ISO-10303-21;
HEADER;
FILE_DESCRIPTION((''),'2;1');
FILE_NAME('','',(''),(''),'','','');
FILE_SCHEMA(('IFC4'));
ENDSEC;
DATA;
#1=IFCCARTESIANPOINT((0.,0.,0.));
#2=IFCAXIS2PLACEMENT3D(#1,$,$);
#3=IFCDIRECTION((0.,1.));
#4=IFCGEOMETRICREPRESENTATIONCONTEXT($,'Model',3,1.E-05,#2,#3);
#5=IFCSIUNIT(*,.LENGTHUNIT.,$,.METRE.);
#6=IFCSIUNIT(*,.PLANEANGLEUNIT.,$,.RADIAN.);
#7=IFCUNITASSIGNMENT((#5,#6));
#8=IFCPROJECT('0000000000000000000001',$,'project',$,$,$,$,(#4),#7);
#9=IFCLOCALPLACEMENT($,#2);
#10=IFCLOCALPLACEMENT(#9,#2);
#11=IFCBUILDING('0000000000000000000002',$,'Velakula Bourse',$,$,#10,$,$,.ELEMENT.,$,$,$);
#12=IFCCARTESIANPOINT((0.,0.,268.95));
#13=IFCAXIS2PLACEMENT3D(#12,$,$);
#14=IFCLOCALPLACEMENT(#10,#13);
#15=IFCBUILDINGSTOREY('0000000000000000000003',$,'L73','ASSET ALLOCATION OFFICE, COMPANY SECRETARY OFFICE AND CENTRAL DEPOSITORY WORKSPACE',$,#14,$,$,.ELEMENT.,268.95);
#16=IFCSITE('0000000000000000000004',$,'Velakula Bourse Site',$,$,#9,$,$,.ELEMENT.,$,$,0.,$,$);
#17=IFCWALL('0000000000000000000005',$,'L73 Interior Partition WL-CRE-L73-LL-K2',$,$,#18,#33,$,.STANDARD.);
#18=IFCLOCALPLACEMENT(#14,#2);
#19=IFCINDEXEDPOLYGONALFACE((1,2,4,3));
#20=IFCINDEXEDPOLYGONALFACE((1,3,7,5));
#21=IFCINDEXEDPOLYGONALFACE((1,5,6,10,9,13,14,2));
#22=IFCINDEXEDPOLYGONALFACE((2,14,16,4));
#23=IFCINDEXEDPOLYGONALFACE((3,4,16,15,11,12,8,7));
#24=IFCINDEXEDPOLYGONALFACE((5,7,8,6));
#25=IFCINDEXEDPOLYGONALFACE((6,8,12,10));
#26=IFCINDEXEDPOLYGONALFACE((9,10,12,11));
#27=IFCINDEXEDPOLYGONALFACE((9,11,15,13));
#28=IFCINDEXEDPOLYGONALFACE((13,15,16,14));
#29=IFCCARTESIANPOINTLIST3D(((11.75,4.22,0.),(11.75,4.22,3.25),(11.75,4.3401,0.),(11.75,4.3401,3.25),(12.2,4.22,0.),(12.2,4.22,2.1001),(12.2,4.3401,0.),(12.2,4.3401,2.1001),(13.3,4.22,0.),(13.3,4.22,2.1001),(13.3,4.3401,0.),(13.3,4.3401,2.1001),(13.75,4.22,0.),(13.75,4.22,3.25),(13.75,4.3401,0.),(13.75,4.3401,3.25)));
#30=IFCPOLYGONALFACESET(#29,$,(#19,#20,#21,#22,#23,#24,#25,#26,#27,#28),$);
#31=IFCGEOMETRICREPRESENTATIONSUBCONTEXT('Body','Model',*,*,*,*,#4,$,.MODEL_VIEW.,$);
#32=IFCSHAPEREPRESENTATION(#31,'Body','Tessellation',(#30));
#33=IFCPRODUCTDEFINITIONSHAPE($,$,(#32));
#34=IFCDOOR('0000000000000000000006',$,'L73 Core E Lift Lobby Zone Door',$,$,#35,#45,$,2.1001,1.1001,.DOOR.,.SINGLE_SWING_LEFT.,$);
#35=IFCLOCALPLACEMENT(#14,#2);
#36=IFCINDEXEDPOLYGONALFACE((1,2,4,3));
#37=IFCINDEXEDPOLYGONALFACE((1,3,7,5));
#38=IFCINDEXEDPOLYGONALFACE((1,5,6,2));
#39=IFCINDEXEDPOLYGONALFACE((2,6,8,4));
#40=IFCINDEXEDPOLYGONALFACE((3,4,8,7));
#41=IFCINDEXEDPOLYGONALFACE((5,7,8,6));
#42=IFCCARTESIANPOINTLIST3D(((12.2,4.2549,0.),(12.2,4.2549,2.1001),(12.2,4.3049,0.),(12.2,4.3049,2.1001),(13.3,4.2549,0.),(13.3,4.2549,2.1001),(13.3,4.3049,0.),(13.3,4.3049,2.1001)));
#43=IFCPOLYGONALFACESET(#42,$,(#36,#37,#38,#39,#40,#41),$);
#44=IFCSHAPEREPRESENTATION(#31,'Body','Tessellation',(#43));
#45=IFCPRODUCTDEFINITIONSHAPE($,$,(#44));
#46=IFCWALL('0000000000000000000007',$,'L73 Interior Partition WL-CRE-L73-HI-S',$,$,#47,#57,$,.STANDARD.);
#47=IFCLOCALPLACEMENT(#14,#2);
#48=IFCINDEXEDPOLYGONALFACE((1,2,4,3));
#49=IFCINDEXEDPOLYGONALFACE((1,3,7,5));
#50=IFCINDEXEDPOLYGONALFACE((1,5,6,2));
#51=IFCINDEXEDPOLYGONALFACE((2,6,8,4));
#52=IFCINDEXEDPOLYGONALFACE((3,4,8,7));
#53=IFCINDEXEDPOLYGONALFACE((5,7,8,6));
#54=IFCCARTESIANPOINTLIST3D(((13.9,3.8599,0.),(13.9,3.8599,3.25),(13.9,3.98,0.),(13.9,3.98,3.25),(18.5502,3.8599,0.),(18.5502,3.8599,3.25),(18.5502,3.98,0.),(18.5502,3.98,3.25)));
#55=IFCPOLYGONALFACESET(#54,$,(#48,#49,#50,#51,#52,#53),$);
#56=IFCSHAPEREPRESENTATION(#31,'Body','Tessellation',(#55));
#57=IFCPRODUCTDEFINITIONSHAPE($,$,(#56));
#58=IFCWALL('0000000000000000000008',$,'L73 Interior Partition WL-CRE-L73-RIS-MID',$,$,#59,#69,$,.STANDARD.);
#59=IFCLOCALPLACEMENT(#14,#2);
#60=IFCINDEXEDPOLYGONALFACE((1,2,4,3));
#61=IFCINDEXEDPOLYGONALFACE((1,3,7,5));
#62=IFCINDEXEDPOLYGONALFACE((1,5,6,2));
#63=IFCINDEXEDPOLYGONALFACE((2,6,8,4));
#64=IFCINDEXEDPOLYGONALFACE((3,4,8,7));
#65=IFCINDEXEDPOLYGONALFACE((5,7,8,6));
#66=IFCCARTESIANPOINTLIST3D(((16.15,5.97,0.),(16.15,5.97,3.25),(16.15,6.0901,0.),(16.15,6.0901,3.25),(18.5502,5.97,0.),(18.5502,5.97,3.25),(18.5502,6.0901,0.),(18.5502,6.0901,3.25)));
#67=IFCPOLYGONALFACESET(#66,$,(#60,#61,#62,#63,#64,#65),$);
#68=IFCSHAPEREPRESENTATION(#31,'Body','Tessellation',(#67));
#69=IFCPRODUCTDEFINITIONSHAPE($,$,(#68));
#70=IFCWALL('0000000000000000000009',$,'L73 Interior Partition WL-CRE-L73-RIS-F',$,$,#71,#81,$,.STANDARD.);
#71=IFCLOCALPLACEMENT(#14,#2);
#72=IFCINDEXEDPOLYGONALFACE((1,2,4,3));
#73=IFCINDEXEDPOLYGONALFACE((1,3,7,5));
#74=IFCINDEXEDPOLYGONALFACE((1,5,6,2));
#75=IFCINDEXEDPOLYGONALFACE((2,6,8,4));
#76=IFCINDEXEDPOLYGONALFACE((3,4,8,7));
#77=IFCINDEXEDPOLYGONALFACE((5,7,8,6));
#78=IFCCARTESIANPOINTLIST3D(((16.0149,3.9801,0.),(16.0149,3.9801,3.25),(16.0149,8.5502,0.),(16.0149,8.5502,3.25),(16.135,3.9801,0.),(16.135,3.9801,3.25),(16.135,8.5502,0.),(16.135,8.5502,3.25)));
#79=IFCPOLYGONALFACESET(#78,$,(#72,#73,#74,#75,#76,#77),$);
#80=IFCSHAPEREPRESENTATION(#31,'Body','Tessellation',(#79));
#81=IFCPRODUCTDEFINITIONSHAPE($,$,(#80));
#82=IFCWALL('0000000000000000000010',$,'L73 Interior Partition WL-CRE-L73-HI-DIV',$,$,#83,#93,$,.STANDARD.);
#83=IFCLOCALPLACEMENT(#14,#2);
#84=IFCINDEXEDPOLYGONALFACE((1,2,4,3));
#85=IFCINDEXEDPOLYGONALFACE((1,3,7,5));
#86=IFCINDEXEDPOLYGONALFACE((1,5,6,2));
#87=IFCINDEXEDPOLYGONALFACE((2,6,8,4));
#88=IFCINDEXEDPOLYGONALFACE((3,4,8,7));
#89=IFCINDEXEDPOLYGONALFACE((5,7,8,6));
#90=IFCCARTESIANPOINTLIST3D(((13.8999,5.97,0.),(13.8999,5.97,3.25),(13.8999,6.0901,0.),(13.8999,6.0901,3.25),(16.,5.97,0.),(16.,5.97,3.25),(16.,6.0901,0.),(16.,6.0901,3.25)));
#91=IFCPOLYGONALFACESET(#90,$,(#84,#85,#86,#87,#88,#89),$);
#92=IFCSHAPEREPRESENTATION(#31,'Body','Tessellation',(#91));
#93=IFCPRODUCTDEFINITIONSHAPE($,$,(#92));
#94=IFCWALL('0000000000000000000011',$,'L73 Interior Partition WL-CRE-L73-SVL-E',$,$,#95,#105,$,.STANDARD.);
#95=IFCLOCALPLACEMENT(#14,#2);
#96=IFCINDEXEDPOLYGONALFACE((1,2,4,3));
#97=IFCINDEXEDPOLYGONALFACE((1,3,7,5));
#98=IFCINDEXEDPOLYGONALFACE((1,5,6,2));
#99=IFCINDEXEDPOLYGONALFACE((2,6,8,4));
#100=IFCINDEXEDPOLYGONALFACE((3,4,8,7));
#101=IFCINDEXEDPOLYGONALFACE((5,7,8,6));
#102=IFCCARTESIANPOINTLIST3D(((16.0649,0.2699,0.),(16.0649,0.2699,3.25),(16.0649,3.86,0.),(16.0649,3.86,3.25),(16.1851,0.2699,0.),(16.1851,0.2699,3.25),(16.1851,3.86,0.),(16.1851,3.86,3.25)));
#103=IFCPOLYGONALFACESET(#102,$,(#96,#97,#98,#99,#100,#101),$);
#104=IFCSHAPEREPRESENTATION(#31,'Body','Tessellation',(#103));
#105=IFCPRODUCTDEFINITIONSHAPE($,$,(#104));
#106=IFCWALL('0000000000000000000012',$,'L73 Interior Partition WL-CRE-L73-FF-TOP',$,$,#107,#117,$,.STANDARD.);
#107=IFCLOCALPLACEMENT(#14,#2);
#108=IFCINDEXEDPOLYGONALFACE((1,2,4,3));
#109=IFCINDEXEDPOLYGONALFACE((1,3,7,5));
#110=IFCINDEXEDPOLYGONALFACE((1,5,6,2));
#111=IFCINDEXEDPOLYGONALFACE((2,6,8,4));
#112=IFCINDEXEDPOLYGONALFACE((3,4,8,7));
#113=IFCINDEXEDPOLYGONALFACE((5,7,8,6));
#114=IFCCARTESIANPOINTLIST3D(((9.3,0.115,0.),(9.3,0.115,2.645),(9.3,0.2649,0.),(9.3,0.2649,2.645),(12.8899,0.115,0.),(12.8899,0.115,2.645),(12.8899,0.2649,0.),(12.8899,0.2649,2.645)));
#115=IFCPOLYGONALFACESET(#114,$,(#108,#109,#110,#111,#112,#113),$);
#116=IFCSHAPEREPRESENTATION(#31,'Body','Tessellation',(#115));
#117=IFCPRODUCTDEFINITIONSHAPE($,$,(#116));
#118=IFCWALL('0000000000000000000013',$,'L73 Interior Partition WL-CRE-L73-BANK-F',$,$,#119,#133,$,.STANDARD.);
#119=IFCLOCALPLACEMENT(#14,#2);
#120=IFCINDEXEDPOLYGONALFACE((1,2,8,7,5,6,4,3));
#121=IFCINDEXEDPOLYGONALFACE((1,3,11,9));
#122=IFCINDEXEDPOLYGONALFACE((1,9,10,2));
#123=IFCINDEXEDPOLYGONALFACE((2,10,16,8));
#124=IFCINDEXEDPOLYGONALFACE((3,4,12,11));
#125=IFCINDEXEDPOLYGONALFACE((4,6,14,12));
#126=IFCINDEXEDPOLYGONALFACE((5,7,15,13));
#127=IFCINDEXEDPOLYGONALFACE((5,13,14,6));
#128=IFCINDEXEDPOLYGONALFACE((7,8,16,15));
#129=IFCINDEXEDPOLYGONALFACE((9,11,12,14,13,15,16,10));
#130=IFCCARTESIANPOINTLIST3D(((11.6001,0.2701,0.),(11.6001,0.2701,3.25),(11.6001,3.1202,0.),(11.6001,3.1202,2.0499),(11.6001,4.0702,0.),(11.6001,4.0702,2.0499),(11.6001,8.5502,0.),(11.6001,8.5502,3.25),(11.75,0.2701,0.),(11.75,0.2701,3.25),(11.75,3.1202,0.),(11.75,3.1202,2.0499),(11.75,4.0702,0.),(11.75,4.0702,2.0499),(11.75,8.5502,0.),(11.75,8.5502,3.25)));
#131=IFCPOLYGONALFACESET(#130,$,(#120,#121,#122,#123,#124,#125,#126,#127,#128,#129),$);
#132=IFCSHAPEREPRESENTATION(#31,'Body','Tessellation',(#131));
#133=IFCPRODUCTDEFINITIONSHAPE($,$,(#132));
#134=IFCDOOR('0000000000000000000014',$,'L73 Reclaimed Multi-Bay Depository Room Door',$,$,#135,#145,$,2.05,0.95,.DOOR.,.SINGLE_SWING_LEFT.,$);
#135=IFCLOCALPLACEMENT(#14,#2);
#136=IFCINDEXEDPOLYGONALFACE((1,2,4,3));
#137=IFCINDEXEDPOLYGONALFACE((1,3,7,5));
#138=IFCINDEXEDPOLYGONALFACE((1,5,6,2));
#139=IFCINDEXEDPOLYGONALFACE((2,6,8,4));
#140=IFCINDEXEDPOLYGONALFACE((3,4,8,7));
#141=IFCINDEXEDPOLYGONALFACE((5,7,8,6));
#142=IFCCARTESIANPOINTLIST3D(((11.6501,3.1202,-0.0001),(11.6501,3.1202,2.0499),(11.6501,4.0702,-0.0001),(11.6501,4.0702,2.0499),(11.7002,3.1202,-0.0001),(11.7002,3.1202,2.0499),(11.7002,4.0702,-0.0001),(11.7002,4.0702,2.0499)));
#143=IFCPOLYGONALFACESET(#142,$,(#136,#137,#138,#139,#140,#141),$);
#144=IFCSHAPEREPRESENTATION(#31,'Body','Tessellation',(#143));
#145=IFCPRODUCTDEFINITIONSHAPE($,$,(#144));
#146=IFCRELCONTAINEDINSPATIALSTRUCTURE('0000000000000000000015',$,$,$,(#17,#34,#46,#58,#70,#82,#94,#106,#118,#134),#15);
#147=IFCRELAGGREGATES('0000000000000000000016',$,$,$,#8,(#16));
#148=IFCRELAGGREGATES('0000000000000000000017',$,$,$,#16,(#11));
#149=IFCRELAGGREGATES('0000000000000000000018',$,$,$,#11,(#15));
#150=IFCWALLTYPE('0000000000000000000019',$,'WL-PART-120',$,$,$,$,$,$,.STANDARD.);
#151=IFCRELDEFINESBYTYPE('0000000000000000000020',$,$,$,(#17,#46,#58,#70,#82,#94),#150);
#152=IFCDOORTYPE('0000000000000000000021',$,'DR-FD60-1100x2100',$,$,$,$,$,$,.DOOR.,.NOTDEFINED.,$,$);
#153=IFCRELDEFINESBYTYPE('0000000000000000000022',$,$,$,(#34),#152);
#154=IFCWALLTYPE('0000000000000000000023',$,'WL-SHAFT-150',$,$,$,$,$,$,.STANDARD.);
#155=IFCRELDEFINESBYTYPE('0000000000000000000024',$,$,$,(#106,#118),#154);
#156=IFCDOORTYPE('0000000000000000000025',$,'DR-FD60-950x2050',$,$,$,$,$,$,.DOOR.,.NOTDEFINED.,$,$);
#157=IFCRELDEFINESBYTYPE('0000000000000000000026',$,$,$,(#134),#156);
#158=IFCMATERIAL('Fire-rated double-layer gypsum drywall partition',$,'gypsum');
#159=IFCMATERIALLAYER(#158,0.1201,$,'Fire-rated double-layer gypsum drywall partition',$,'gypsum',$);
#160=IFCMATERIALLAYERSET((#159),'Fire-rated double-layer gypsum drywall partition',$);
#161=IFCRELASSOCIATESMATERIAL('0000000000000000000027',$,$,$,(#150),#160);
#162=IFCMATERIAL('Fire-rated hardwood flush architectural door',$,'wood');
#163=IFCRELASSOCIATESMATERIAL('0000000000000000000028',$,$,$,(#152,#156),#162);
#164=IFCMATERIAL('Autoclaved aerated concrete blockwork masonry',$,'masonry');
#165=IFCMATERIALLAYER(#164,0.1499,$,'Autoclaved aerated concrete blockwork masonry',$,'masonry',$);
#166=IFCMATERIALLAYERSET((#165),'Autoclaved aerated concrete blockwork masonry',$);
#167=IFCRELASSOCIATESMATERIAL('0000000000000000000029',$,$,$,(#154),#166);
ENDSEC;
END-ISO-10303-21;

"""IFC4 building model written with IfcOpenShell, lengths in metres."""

from ifc_helpers import new_model, si_unit, direction, frame, frame_2d, origin, place, context, subcontext, project, spatial, rectangle, extrude, material, layer, layer_set, type_object, element, fill, save


model = new_model("IFC4")

# Units and contexts
model_context = context("Model", 3, precision=1e-05, world=origin(), true_north=direction((0.0, 1.0)))
body_context = subcontext(model_context, "Body", "Model", "MODEL_VIEW")
ifc_project = project(units=[si_unit("LENGTHUNIT", "METRE"), si_unit("PLANEANGLEUNIT", "RADIAN")], contexts=[model_context])

# Site, building, storey
site_placement = place(None, origin())
site = spatial("IfcSite", under=ifc_project, at=site_placement, Name="Velakula Bourse Site", CompositionType="ELEMENT", RefElevation=0.0)
building_placement = place(site_placement, origin())
building = spatial("IfcBuilding", under=site, at=building_placement, Name="Velakula Bourse", CompositionType="ELEMENT")
storey_placement = place(building_placement, frame((0.0, 0.0, 268.95)))
storey = spatial("IfcBuildingStorey", under=building, at=storey_placement, Name="L73", Description="ASSET ALLOCATION OFFICE, COMPANY SECRETARY OFFICE AND CENTRAL DEPOSITORY WORKSPACE", CompositionType="ELEMENT", Elevation=268.95)

# Wall, opening, door
ifc_material_1 = material(Name="Fire-rated double-layer gypsum drywall partition", Category="gypsum")
ifc_layer_1 = layer(ifc_material_1, 0.1201, Name="Fire-rated double-layer gypsum drywall partition", Category="gypsum")
ifc_layer_set_1 = layer_set([ifc_layer_1], Name="Fire-rated double-layer gypsum drywall partition")
wall_type_1 = type_object("IfcWallType", Name="WL-PART-120", PredefinedType="STANDARD", material=ifc_layer_set_1)
wall_1_placement = place(storey_placement, frame((11.75, 4.28, 0.0), z_axis=(0.0, 0.0, 1.0), x_axis=(1.0, 0.0, 0.0)))
wall_1 = element("IfcWall", 1, at=wall_1_placement, inside=storey, type_object=wall_type_1, Name="L73 Interior Partition WL-CRE-L73-LL-K2", PredefinedType="STANDARD", context=body_context, shape_type="SweptSolid", body=[
    extrude(rectangle(XDim=2.0, YDim=0.1201, at=frame_2d((1.0, 0.0))), origin(), (0.0, 0.0, 1.0), 3.25),
])
opening_1_placement = place(wall_1_placement, frame((0.45, 0.0, 0.0)))
opening_1 = element("IfcOpeningElement", 2, at=opening_1_placement, cuts=wall_1, PredefinedType="OPENING", context=body_context, shape_type="SweptSolid", body=[
    extrude(rectangle(XDim=1.1001, YDim=2.1001, at=frame_2d((0.55, 1.05))), frame((0.0, 0.0701, 0.0), z_axis=(0.0, -1.0, 0.0), x_axis=(1.0, 0.0, 0.0)), (0.0, 0.0, 1.0), 0.1401),
])
ifc_material_2 = material(Name="Fire-rated hardwood flush architectural door", Category="wood")
door_type_1 = type_object("IfcDoorType", Name="DR-FD60-1100x2100", OperationType="NOTDEFINED", PredefinedType="DOOR", material=ifc_material_2)
door_1_placement = place(opening_1_placement, origin())
door_1 = element("IfcDoor", 3, at=door_1_placement, inside=storey, type_object=door_type_1, Name="L73 Core E Lift Lobby Zone Door", OperationType="SINGLE_SWING_LEFT", OverallHeight=2.1001, OverallWidth=1.1001, PredefinedType="DOOR", context=body_context, shape_type="SweptSolid", body=[
    extrude(rectangle(XDim=1.1001, YDim=2.1001, at=frame_2d((0.55, 1.05))), frame((0.0, 0.0249, 0.0), z_axis=(0.0, -1.0, 0.0), x_axis=(1.0, 0.0, 0.0)), (0.0, 0.0, 1.0), 0.05),
])
fill(opening_1, door_1)

# Walls
wall_2_placement = place(storey_placement, frame((13.8999, 3.9199, 0.0), z_axis=(0.0, 0.0, 1.0), x_axis=(1.0, 0.0, 0.0)))
element("IfcWall", 4, at=wall_2_placement, inside=storey, type_object=wall_type_1, Name="L73 Interior Partition WL-CRE-L73-HI-S", PredefinedType="STANDARD", context=body_context, shape_type="SweptSolid", body=[
    extrude(rectangle(XDim=4.6501, YDim=0.1201, at=frame_2d((2.3252, 0.0))), origin(), (0.0, 0.0, 1.0), 3.25),
])
wall_3_placement = place(storey_placement, frame((16.1499, 6.03, 0.0), z_axis=(0.0, 0.0, 1.0), x_axis=(1.0, 0.0, 0.0)))
element("IfcWall", 5, at=wall_3_placement, inside=storey, type_object=wall_type_1, Name="L73 Interior Partition WL-CRE-L73-RIS-MID", PredefinedType="STANDARD", context=body_context, shape_type="SweptSolid", body=[
    extrude(rectangle(XDim=2.4001, YDim=0.1201, at=frame_2d((1.2002, 0.0))), origin(), (0.0, 0.0, 1.0), 3.25),
])
wall_4_placement = place(storey_placement, frame((16.075, 3.98, 0.0), z_axis=(0.0, 0.0, 1.0), x_axis=(0.0, 1.0, 0.0)))
element("IfcWall", 6, at=wall_4_placement, inside=storey, type_object=wall_type_1, Name="L73 Interior Partition WL-CRE-L73-RIS-F", PredefinedType="STANDARD", context=body_context, shape_type="SweptSolid", body=[
    extrude(rectangle(XDim=4.5701, YDim=0.1201, at=frame_2d((2.2852, 0.0))), origin(), (0.0, 0.0, 1.0), 3.25),
])
wall_5_placement = place(storey_placement, frame((13.8999, 6.03, 0.0), z_axis=(0.0, 0.0, 1.0), x_axis=(1.0, 0.0, 0.0)))
element("IfcWall", 7, at=wall_5_placement, inside=storey, type_object=wall_type_1, Name="L73 Interior Partition WL-CRE-L73-HI-DIV", PredefinedType="STANDARD", context=body_context, shape_type="SweptSolid", body=[
    extrude(rectangle(XDim=2.1001, YDim=0.1201, at=frame_2d((1.05, 0.0))), origin(), (0.0, 0.0, 1.0), 3.25),
])
wall_6_placement = place(storey_placement, frame((16.125, 0.27, 0.0), z_axis=(0.0, 0.0, 1.0), x_axis=(0.0, 1.0, 0.0)))
element("IfcWall", 8, at=wall_6_placement, inside=storey, type_object=wall_type_1, Name="L73 Interior Partition WL-CRE-L73-SVL-E", PredefinedType="STANDARD", context=body_context, shape_type="SweptSolid", body=[
    extrude(rectangle(XDim=3.5901, YDim=0.1201, at=frame_2d((1.7949, 0.0))), origin(), (0.0, 0.0, 1.0), 3.25),
])
ifc_material_3 = material(Name="Autoclaved aerated concrete blockwork masonry", Category="masonry")
ifc_layer_2 = layer(ifc_material_3, 0.1499, Name="Autoclaved aerated concrete blockwork masonry", Category="masonry")
ifc_layer_set_2 = layer_set([ifc_layer_2], Name="Autoclaved aerated concrete blockwork masonry")
wall_type_2 = type_object("IfcWallType", Name="WL-SHAFT-150", PredefinedType="STANDARD", material=ifc_layer_set_2)
wall_7_placement = place(storey_placement, frame((9.3, 0.1899, 0.0), z_axis=(0.0, 0.0, 1.0), x_axis=(1.0, 0.0, 0.0)))
element("IfcWall", 9, at=wall_7_placement, inside=storey, type_object=wall_type_2, Name="L73 Interior Partition WL-CRE-L73-FF-TOP", PredefinedType="STANDARD", context=body_context, shape_type="SweptSolid", body=[
    extrude(rectangle(XDim=3.5898, YDim=0.1499, at=frame_2d((1.7949, 0.0))), origin(), (0.0, 0.0, 1.0), 2.645),
])

# Wall, opening, door
wall_8_placement = place(storey_placement, frame((11.675, 0.27, 0.0), z_axis=(0.0, 0.0, 1.0), x_axis=(0.0, 1.0, 0.0)))
wall_8 = element("IfcWall", 10, at=wall_8_placement, inside=storey, type_object=wall_type_2, Name="L73 Interior Partition WL-CRE-L73-BANK-F", PredefinedType="STANDARD", context=body_context, shape_type="SweptSolid", body=[
    extrude(rectangle(XDim=8.28, YDim=0.1499, at=frame_2d((4.1401, 0.0))), origin(), (0.0, 0.0, 1.0), 3.25),
])
opening_2_placement = place(wall_8_placement, frame((2.8501, 0.0, 0.0)))
opening_2 = element("IfcOpeningElement", 11, at=opening_2_placement, cuts=wall_8, PredefinedType="OPENING", context=body_context, shape_type="SweptSolid", body=[
    extrude(rectangle(XDim=0.95, YDim=2.05, at=frame_2d((0.4751, 1.0249))), frame((0.0, 0.085, 0.0), z_axis=(0.0, -1.0, 0.0), x_axis=(1.0, 0.0, 0.0)), (0.0, 0.0, 1.0), 0.1699),
])
door_type_2 = type_object("IfcDoorType", Name="DR-FD60-950x2050", OperationType="NOTDEFINED", PredefinedType="DOOR", material=ifc_material_2)
door_2_placement = place(opening_2_placement, origin())
door_2 = element("IfcDoor", 12, at=door_2_placement, inside=storey, type_object=door_type_2, Name="L73 Reclaimed Multi-Bay Depository Room Door", OperationType="SINGLE_SWING_LEFT", OverallHeight=2.05, OverallWidth=0.95, PredefinedType="DOOR", context=body_context, shape_type="SweptSolid", body=[
    extrude(rectangle(XDim=0.95, YDim=2.05, at=frame_2d((0.4751, 1.0249))), frame((0.0, 0.0249, 0.0), z_axis=(0.0, -1.0, 0.0), x_axis=(1.0, 0.0, 0.0)), (0.0, 0.0, 1.0), 0.05),
])
fill(opening_2, door_2)

save(model, "model.ifc")
